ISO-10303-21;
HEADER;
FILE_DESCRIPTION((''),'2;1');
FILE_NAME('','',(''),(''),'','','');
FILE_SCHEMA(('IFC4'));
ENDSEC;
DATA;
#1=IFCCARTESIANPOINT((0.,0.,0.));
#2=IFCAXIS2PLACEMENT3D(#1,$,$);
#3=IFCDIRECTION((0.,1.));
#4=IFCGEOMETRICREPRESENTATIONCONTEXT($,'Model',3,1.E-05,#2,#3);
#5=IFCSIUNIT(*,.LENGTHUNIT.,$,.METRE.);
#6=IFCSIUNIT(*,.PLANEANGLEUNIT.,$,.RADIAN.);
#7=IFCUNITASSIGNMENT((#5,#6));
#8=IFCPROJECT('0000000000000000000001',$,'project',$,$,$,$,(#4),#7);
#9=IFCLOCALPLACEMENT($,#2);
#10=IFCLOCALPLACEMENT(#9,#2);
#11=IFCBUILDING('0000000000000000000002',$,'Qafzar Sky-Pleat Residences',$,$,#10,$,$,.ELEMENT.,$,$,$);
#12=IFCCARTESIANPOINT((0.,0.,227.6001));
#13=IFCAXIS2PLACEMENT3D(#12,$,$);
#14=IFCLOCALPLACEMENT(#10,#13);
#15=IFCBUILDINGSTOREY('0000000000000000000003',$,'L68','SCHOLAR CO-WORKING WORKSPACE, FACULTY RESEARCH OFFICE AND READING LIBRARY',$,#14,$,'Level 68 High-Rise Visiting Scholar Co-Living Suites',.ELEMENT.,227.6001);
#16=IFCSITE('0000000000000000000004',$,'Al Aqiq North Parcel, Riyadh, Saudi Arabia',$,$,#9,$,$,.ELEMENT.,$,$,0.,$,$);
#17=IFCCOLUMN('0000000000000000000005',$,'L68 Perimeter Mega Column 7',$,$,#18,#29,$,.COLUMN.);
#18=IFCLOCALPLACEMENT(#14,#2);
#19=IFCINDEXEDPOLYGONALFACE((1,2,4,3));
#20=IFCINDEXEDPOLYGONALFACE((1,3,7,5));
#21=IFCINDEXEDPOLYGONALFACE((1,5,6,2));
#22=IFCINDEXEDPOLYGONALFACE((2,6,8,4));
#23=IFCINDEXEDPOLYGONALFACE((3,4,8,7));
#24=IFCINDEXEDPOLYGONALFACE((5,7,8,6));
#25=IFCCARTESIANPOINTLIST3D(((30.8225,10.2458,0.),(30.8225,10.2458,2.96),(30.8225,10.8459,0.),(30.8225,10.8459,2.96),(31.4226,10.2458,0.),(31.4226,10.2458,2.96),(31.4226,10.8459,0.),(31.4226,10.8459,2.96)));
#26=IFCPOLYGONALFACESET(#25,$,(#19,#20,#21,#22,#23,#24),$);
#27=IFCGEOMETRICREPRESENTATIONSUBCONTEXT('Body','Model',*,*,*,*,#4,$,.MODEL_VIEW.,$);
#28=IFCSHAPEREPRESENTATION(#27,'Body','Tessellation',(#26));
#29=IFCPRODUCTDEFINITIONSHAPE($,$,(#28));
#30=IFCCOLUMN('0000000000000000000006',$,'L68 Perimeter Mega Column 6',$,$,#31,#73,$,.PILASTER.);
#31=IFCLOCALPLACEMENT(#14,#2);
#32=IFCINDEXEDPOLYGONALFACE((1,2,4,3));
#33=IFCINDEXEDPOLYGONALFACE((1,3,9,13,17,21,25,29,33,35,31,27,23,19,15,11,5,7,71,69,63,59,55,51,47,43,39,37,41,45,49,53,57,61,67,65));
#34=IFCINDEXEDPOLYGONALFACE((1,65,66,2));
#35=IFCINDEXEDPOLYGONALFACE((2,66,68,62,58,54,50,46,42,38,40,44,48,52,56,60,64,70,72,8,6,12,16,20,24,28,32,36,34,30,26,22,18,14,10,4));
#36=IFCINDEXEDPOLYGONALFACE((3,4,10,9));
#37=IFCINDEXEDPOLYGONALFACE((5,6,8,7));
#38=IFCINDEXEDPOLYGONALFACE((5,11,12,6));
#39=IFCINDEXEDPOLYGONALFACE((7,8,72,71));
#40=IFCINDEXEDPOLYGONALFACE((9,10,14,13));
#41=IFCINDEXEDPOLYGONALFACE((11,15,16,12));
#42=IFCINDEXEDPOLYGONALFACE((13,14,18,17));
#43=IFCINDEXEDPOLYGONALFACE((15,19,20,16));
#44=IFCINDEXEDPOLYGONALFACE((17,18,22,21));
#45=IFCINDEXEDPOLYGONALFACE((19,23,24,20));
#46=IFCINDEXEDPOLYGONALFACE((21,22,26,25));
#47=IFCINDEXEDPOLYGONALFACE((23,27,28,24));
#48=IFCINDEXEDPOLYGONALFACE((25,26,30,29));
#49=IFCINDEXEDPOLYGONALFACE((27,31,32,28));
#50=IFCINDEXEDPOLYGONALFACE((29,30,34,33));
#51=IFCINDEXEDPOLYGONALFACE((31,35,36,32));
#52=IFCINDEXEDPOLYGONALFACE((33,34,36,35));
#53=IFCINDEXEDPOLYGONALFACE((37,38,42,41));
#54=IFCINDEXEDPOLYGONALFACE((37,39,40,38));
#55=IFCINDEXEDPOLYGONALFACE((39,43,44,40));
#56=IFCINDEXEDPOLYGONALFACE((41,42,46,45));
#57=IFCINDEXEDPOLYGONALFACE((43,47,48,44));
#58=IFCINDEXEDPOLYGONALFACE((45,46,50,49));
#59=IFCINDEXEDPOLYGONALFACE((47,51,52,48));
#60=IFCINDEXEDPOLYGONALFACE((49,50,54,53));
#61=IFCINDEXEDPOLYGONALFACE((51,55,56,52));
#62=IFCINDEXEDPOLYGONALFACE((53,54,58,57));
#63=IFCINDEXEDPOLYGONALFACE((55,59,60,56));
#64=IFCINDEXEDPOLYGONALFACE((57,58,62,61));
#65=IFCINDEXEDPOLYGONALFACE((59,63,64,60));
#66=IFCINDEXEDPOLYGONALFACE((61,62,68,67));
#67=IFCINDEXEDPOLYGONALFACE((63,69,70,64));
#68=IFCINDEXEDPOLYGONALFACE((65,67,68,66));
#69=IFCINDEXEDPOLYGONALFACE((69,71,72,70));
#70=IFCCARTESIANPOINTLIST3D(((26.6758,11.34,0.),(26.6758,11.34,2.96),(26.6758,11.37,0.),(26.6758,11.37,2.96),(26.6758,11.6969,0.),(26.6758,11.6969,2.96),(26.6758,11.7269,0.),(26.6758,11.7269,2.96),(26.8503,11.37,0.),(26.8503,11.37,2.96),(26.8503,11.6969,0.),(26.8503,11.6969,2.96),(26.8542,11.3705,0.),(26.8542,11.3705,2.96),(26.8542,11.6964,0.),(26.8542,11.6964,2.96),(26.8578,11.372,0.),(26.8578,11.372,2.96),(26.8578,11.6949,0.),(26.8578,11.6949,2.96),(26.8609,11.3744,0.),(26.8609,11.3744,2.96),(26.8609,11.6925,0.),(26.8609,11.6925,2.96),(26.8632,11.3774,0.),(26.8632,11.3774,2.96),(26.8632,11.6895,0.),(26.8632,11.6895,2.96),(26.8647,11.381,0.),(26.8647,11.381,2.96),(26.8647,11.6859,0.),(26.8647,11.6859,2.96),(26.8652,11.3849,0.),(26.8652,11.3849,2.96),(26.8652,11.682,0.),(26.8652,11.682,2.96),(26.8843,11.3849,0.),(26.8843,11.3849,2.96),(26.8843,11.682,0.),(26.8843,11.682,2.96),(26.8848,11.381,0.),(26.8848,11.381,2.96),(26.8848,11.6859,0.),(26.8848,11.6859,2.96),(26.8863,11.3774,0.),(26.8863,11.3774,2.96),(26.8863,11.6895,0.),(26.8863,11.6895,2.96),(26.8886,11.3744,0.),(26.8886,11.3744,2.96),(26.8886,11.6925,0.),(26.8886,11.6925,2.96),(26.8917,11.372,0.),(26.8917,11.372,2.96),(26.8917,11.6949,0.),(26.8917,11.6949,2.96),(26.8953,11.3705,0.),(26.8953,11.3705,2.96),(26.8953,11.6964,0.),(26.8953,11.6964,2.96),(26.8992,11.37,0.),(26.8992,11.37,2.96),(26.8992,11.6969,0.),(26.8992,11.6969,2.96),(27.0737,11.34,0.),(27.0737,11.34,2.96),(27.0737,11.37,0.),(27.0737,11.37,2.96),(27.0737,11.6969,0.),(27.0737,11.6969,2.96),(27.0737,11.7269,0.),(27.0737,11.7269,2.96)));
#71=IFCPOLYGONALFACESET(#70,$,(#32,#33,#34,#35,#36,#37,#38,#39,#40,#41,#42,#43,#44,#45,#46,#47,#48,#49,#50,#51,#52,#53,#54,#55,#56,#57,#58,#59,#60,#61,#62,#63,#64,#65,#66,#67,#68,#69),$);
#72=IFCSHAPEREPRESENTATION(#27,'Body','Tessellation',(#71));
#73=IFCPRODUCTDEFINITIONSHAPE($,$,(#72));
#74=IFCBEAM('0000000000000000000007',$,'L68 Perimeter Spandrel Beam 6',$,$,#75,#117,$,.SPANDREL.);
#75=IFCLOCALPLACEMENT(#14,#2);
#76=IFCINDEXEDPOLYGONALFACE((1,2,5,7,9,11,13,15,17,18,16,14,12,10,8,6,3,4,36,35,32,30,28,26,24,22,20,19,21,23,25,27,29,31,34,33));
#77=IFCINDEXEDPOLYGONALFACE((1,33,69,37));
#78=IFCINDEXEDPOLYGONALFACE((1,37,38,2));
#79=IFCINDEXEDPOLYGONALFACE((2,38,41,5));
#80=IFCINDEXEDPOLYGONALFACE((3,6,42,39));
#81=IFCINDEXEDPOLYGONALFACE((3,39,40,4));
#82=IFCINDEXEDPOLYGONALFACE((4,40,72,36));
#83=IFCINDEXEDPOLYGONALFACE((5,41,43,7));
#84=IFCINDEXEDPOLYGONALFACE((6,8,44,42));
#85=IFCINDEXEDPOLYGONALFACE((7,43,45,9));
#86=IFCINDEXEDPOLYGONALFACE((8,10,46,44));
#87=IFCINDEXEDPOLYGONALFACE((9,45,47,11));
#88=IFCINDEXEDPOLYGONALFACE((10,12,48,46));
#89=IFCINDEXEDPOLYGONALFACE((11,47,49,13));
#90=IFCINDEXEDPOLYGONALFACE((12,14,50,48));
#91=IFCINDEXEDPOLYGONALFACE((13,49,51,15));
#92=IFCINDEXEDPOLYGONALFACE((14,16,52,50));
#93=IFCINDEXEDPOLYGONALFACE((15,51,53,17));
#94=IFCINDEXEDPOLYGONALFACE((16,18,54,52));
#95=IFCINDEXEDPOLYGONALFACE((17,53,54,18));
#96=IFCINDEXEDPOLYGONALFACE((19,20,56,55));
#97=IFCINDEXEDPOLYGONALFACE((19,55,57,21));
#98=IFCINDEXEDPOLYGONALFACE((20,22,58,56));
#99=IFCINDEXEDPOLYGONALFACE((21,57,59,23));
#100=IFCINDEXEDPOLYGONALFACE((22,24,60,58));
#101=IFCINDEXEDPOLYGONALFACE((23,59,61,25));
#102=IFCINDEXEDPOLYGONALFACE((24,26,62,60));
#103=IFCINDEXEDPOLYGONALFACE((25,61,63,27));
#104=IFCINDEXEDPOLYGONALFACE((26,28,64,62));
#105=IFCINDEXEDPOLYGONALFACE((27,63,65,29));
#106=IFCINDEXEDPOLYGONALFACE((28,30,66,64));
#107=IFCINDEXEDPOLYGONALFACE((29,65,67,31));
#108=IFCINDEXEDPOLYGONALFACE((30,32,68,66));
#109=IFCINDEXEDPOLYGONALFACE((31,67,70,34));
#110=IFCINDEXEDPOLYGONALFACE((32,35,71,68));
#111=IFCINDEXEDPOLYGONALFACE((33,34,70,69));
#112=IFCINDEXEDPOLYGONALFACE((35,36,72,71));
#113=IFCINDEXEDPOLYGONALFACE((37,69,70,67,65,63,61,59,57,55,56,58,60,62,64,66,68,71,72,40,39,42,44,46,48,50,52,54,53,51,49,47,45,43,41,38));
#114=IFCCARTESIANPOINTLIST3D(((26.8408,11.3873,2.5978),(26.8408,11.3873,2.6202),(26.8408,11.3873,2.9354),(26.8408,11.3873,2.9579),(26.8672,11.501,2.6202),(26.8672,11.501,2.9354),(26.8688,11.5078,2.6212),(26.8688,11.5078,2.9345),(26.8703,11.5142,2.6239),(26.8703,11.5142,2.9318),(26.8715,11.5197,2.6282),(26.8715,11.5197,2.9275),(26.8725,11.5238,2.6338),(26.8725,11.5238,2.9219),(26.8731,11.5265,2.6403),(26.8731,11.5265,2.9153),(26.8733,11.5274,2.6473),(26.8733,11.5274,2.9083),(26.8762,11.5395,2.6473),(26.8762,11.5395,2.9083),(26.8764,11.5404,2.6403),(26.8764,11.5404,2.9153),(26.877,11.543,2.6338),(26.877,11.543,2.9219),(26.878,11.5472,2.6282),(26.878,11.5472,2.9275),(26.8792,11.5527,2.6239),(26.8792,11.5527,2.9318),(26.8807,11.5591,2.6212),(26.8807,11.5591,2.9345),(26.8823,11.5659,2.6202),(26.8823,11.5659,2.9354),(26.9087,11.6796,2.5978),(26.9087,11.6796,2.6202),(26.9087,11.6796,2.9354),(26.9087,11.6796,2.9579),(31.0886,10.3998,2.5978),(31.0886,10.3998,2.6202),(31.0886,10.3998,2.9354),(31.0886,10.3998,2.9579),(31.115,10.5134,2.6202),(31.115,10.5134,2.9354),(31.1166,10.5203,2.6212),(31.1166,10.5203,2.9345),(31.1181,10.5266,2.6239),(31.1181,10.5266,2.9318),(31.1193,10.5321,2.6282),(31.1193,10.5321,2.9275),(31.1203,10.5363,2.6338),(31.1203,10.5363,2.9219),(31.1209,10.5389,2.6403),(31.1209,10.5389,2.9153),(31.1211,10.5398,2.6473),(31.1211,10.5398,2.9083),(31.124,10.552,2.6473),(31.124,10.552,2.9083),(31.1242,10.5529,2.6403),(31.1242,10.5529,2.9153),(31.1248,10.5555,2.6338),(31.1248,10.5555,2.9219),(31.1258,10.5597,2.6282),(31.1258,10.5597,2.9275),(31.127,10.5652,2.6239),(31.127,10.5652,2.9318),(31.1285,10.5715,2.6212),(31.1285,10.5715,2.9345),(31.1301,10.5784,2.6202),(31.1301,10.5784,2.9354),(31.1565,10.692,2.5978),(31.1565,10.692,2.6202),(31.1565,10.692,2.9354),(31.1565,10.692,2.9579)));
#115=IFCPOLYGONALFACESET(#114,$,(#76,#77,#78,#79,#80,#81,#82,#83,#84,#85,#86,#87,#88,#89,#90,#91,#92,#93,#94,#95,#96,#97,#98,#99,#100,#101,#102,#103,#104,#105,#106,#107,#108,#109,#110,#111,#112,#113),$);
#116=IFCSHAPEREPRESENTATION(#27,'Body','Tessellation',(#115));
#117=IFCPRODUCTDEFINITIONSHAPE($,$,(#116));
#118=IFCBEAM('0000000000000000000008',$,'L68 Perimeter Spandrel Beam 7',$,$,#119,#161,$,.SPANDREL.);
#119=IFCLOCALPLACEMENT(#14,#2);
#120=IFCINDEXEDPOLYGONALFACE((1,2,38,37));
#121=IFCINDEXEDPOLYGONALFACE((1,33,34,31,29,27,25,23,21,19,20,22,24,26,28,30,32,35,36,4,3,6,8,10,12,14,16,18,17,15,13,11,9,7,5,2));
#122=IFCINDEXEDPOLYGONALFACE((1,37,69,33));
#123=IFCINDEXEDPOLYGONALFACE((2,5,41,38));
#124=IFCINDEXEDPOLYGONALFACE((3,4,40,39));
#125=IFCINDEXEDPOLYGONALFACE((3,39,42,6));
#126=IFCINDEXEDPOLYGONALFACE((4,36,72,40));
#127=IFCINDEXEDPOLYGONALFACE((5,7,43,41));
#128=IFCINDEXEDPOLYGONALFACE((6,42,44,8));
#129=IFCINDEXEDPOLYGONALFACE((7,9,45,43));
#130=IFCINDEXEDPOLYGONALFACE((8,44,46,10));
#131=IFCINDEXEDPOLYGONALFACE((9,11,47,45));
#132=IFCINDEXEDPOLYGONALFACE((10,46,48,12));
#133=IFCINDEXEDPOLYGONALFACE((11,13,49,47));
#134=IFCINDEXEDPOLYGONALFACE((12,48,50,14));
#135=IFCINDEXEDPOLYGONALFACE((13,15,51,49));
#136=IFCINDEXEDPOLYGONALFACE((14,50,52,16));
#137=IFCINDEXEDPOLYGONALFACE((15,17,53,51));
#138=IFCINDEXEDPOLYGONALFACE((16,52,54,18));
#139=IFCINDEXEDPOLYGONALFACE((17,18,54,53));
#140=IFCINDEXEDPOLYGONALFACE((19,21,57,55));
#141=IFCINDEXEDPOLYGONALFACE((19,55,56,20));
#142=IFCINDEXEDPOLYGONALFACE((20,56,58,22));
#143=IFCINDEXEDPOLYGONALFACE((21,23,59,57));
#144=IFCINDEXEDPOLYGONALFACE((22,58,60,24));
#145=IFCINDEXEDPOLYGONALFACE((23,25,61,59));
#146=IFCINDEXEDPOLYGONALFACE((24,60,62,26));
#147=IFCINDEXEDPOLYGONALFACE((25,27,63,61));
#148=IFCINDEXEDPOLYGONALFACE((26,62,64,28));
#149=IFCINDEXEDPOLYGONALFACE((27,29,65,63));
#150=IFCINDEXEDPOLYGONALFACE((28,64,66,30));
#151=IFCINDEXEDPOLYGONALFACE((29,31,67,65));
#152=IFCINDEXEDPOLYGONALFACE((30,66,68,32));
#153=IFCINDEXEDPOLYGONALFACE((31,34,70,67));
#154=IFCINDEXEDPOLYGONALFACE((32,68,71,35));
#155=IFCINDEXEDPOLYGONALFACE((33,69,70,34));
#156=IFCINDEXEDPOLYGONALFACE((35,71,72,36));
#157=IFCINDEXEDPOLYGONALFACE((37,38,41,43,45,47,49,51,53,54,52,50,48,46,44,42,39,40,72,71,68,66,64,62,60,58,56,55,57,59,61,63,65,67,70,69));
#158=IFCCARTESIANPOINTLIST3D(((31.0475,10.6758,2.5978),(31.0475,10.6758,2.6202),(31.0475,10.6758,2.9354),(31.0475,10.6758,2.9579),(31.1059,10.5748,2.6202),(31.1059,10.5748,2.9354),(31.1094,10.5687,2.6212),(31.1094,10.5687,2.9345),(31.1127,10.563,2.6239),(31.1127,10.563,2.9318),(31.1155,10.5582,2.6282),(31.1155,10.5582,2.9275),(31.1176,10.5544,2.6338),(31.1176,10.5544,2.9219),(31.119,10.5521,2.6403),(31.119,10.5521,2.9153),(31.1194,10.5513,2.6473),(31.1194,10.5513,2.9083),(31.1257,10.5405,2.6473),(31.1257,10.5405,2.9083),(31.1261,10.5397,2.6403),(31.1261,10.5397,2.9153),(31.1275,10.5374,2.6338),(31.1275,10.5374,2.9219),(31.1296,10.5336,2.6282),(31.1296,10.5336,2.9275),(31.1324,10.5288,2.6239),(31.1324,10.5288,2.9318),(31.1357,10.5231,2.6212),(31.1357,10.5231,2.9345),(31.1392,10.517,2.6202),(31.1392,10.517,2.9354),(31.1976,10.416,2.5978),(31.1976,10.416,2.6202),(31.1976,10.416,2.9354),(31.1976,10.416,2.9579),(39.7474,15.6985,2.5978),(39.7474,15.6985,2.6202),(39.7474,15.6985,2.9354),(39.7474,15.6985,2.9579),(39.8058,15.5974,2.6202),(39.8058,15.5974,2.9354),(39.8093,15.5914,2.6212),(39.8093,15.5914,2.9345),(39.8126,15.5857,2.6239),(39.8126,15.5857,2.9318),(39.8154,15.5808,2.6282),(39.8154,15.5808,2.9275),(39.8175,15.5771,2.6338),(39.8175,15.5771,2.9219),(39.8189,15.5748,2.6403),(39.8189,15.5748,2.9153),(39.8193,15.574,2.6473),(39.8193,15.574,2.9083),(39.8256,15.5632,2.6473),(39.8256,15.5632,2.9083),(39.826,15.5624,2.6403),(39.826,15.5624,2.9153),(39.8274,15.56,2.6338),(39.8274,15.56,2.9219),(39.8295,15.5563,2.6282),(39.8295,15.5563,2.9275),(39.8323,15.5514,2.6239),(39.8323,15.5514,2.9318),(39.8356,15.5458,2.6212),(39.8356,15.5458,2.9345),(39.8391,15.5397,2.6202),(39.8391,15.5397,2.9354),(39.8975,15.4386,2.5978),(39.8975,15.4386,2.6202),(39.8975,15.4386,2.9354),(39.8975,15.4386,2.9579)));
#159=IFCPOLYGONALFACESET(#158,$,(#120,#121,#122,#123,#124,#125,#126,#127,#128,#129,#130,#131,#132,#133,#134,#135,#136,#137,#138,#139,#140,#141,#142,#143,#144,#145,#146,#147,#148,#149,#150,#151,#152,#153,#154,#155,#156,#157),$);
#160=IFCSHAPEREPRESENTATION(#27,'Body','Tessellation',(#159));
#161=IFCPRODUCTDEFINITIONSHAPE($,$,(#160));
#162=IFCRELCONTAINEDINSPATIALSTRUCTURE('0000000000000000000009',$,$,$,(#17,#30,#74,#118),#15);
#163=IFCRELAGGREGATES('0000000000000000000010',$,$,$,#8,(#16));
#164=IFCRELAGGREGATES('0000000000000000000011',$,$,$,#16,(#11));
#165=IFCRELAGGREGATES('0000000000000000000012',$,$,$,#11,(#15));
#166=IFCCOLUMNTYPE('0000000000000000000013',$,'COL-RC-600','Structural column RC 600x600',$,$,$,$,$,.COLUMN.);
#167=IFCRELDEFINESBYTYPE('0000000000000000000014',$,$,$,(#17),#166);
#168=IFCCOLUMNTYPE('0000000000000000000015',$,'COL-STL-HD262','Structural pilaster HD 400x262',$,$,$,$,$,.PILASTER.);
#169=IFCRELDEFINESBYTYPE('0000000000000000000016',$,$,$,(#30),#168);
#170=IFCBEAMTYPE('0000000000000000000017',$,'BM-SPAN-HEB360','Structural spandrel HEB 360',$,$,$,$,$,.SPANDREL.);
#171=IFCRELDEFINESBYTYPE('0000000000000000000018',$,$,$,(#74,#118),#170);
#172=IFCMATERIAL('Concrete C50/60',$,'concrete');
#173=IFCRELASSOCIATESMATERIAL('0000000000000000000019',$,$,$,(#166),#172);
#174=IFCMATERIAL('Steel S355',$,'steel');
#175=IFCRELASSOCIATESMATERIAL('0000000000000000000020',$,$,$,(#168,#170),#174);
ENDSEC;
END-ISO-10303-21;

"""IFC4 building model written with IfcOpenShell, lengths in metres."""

from ifc_helpers import new_model, si_unit, direction, frame, origin, origin_2d, place, context, subcontext, project, spatial, rectangle, i_section, extrude, source, transform, mapped, material, material_profile, profile_set, type_object, element, save


model = new_model("IFC4")

# Units and contexts
model_context = context("Model", 3, precision=1e-05, world=origin(), true_north=direction((0.0, 1.0)))
body_context = subcontext(model_context, "Body", "Model", "MODEL_VIEW")
ifc_project = project(units=[si_unit("LENGTHUNIT", "METRE"), si_unit("PLANEANGLEUNIT", "RADIAN")], contexts=[model_context])

# Site, building, storey
site_placement = place(None, origin())
site = spatial("IfcSite", under=ifc_project, at=site_placement, Name="Al Aqiq North Parcel, Riyadh, Saudi Arabia", CompositionType="ELEMENT", RefElevation=0.0)
building_placement = place(site_placement, origin())
building = spatial("IfcBuilding", under=site, at=building_placement, Name="Qafzar Sky-Pleat Residences", CompositionType="ELEMENT")
storey_placement = place(building_placement, frame((0.0, 0.0, 227.6001)))
storey = spatial("IfcBuildingStorey", under=building, at=storey_placement, Name="L68", Description="SCHOLAR CO-WORKING WORKSPACE, FACULTY RESEARCH OFFICE AND READING LIBRARY", LongName="Level 68 High-Rise Visiting Scholar Co-Living Suites", CompositionType="ELEMENT", Elevation=227.6001)

# Columns
ifc_material_1 = material(Name="Concrete C50/60", Category="concrete")
ifc_material_profile_1 = material_profile(ifc_material_1, rectangle(XDim=0.6001, YDim=0.6001, at=origin_2d()), Name="RC 600x600")
ifc_profile_set_1 = profile_set([ifc_material_profile_1], Name="Concrete C50/60")
column_type_1 = type_object("IfcColumnType", Name="COL-RC-600", Description="Structural column RC 600x600", PredefinedType="COLUMN", material=ifc_profile_set_1)
shared_shape_1 = source(origin(), body_context, "Body", "SweptSolid", [
    extrude(rectangle(XDim=0.6001, YDim=0.6001, at=origin_2d()), origin(), (0.0, 0.0, 1.0), 2.96),
])
column_1_placement = place(storey_placement, frame((31.1226, 10.5459, 0.0), z_axis=(0.0, 0.0, 1.0), x_axis=(1.0, 0.0, 0.0)))
element("IfcColumn", 1, at=column_1_placement, inside=storey, type_object=column_type_1, Name="L68 Perimeter Mega Column 7", PredefinedType="COLUMN", context=body_context, shape_type="MappedRepresentation", body=[
    mapped(shared_shape_1, transform((0.0, 0.0, 0.0), x_axis=(1.0, 0.0, 0.0), y_axis=(0.0, 1.0, 0.0), z_axis=(0.0, 0.0, 1.0), scale=1.0)),
])
ifc_material_2 = material(Name="Steel S355", Category="steel")
ifc_material_profile_2 = material_profile(ifc_material_2, i_section(OverallWidth=0.3979, OverallDepth=0.387, WebThickness=0.019, FlangeThickness=0.03, FilletRadius=0.0149, at=origin_2d()), Name="HD 400x262")
ifc_profile_set_2 = profile_set([ifc_material_profile_2], Name="Steel S355")
column_type_2 = type_object("IfcColumnType", Name="COL-STL-HD262", Description="Structural pilaster HD 400x262", PredefinedType="PILASTER", material=ifc_profile_set_2)
shared_shape_2 = source(origin(), body_context, "Body", "SweptSolid", [
    extrude(i_section(OverallWidth=0.3979, OverallDepth=0.387, WebThickness=0.019, FlangeThickness=0.03, FilletRadius=0.0149, at=origin_2d()), origin(), (0.0, 0.0, 1.0), 2.96),
])
column_2_placement = place(storey_placement, frame((26.8748, 11.5334, 0.0), z_axis=(0.0, 0.0, 1.0), x_axis=(1.0, 0.0, 0.0)))
element("IfcColumn", 2, at=column_2_placement, inside=storey, type_object=column_type_2, Name="L68 Perimeter Mega Column 6", PredefinedType="PILASTER", context=body_context, shape_type="MappedRepresentation", body=[
    mapped(shared_shape_2, transform((0.0, 0.0, 0.0), x_axis=(1.0, 0.0, 0.0), y_axis=(0.0, 1.0, 0.0), z_axis=(0.0, 0.0, 1.0), scale=1.0)),
])

# Beams
ifc_material_profile_3 = material_profile(ifc_material_2, i_section(OverallWidth=0.3, OverallDepth=0.3601, WebThickness=0.0125, FlangeThickness=0.0225, FilletRadius=0.0271, at=origin_2d()), Name="HEB 360")
ifc_profile_set_3 = profile_set([ifc_material_profile_3], Name="Steel S355")
beam_type_1 = type_object("IfcBeamType", Name="BM-SPAN-HEB360", Description="Structural spandrel HEB 360", PredefinedType="SPANDREL", material=ifc_profile_set_3)
shared_shape_3 = source(origin(), body_context, "Body", "SweptSolid", [
    extrude(i_section(OverallWidth=0.3, OverallDepth=0.3601, WebThickness=0.0125, FlangeThickness=0.0225, FilletRadius=0.0271, at=origin_2d()), origin(), (0.0, 0.0, 1.0), 4.3611),
])
beam_1_placement = place(storey_placement, frame((26.8748, 11.5334, 2.7778), z_axis=(0.974024, -0.226446, 0.0), x_axis=(0.226446, 0.974024, 0.0)))
element("IfcBeam", 3, at=beam_1_placement, inside=storey, type_object=beam_type_1, Name="L68 Perimeter Spandrel Beam 6", PredefinedType="SPANDREL", context=body_context, shape_type="MappedRepresentation", body=[
    mapped(shared_shape_3, transform((0.0, 0.0, 0.0), x_axis=(1.0, 0.0, 0.0), y_axis=(0.0, 1.0, 0.0), z_axis=(0.0, 0.0, 1.0), scale=1.0)),
])
shared_shape_4 = source(origin(), body_context, "Body", "SweptSolid", [
    extrude(i_section(OverallWidth=0.3, OverallDepth=0.3601, WebThickness=0.0125, FlangeThickness=0.0225, FilletRadius=0.0271, at=origin_2d()), origin(), (0.0, 0.0, 1.0), 10.0457),
])
beam_2_placement = place(storey_placement, frame((31.1226, 10.5459, 2.7778), z_axis=(0.866035, 0.499984, 0.0), x_axis=(-0.499984, 0.866035, 0.0)))
element("IfcBeam", 4, at=beam_2_placement, inside=storey, type_object=beam_type_1, Name="L68 Perimeter Spandrel Beam 7", PredefinedType="SPANDREL", context=body_context, shape_type="MappedRepresentation", body=[
    mapped(shared_shape_4, transform((0.0, 0.0, 0.0), x_axis=(1.0, 0.0, 0.0), y_axis=(0.0, 1.0, 0.0), z_axis=(0.0, 0.0, 1.0), scale=1.0)),
])

save(model, "model.ifc")
